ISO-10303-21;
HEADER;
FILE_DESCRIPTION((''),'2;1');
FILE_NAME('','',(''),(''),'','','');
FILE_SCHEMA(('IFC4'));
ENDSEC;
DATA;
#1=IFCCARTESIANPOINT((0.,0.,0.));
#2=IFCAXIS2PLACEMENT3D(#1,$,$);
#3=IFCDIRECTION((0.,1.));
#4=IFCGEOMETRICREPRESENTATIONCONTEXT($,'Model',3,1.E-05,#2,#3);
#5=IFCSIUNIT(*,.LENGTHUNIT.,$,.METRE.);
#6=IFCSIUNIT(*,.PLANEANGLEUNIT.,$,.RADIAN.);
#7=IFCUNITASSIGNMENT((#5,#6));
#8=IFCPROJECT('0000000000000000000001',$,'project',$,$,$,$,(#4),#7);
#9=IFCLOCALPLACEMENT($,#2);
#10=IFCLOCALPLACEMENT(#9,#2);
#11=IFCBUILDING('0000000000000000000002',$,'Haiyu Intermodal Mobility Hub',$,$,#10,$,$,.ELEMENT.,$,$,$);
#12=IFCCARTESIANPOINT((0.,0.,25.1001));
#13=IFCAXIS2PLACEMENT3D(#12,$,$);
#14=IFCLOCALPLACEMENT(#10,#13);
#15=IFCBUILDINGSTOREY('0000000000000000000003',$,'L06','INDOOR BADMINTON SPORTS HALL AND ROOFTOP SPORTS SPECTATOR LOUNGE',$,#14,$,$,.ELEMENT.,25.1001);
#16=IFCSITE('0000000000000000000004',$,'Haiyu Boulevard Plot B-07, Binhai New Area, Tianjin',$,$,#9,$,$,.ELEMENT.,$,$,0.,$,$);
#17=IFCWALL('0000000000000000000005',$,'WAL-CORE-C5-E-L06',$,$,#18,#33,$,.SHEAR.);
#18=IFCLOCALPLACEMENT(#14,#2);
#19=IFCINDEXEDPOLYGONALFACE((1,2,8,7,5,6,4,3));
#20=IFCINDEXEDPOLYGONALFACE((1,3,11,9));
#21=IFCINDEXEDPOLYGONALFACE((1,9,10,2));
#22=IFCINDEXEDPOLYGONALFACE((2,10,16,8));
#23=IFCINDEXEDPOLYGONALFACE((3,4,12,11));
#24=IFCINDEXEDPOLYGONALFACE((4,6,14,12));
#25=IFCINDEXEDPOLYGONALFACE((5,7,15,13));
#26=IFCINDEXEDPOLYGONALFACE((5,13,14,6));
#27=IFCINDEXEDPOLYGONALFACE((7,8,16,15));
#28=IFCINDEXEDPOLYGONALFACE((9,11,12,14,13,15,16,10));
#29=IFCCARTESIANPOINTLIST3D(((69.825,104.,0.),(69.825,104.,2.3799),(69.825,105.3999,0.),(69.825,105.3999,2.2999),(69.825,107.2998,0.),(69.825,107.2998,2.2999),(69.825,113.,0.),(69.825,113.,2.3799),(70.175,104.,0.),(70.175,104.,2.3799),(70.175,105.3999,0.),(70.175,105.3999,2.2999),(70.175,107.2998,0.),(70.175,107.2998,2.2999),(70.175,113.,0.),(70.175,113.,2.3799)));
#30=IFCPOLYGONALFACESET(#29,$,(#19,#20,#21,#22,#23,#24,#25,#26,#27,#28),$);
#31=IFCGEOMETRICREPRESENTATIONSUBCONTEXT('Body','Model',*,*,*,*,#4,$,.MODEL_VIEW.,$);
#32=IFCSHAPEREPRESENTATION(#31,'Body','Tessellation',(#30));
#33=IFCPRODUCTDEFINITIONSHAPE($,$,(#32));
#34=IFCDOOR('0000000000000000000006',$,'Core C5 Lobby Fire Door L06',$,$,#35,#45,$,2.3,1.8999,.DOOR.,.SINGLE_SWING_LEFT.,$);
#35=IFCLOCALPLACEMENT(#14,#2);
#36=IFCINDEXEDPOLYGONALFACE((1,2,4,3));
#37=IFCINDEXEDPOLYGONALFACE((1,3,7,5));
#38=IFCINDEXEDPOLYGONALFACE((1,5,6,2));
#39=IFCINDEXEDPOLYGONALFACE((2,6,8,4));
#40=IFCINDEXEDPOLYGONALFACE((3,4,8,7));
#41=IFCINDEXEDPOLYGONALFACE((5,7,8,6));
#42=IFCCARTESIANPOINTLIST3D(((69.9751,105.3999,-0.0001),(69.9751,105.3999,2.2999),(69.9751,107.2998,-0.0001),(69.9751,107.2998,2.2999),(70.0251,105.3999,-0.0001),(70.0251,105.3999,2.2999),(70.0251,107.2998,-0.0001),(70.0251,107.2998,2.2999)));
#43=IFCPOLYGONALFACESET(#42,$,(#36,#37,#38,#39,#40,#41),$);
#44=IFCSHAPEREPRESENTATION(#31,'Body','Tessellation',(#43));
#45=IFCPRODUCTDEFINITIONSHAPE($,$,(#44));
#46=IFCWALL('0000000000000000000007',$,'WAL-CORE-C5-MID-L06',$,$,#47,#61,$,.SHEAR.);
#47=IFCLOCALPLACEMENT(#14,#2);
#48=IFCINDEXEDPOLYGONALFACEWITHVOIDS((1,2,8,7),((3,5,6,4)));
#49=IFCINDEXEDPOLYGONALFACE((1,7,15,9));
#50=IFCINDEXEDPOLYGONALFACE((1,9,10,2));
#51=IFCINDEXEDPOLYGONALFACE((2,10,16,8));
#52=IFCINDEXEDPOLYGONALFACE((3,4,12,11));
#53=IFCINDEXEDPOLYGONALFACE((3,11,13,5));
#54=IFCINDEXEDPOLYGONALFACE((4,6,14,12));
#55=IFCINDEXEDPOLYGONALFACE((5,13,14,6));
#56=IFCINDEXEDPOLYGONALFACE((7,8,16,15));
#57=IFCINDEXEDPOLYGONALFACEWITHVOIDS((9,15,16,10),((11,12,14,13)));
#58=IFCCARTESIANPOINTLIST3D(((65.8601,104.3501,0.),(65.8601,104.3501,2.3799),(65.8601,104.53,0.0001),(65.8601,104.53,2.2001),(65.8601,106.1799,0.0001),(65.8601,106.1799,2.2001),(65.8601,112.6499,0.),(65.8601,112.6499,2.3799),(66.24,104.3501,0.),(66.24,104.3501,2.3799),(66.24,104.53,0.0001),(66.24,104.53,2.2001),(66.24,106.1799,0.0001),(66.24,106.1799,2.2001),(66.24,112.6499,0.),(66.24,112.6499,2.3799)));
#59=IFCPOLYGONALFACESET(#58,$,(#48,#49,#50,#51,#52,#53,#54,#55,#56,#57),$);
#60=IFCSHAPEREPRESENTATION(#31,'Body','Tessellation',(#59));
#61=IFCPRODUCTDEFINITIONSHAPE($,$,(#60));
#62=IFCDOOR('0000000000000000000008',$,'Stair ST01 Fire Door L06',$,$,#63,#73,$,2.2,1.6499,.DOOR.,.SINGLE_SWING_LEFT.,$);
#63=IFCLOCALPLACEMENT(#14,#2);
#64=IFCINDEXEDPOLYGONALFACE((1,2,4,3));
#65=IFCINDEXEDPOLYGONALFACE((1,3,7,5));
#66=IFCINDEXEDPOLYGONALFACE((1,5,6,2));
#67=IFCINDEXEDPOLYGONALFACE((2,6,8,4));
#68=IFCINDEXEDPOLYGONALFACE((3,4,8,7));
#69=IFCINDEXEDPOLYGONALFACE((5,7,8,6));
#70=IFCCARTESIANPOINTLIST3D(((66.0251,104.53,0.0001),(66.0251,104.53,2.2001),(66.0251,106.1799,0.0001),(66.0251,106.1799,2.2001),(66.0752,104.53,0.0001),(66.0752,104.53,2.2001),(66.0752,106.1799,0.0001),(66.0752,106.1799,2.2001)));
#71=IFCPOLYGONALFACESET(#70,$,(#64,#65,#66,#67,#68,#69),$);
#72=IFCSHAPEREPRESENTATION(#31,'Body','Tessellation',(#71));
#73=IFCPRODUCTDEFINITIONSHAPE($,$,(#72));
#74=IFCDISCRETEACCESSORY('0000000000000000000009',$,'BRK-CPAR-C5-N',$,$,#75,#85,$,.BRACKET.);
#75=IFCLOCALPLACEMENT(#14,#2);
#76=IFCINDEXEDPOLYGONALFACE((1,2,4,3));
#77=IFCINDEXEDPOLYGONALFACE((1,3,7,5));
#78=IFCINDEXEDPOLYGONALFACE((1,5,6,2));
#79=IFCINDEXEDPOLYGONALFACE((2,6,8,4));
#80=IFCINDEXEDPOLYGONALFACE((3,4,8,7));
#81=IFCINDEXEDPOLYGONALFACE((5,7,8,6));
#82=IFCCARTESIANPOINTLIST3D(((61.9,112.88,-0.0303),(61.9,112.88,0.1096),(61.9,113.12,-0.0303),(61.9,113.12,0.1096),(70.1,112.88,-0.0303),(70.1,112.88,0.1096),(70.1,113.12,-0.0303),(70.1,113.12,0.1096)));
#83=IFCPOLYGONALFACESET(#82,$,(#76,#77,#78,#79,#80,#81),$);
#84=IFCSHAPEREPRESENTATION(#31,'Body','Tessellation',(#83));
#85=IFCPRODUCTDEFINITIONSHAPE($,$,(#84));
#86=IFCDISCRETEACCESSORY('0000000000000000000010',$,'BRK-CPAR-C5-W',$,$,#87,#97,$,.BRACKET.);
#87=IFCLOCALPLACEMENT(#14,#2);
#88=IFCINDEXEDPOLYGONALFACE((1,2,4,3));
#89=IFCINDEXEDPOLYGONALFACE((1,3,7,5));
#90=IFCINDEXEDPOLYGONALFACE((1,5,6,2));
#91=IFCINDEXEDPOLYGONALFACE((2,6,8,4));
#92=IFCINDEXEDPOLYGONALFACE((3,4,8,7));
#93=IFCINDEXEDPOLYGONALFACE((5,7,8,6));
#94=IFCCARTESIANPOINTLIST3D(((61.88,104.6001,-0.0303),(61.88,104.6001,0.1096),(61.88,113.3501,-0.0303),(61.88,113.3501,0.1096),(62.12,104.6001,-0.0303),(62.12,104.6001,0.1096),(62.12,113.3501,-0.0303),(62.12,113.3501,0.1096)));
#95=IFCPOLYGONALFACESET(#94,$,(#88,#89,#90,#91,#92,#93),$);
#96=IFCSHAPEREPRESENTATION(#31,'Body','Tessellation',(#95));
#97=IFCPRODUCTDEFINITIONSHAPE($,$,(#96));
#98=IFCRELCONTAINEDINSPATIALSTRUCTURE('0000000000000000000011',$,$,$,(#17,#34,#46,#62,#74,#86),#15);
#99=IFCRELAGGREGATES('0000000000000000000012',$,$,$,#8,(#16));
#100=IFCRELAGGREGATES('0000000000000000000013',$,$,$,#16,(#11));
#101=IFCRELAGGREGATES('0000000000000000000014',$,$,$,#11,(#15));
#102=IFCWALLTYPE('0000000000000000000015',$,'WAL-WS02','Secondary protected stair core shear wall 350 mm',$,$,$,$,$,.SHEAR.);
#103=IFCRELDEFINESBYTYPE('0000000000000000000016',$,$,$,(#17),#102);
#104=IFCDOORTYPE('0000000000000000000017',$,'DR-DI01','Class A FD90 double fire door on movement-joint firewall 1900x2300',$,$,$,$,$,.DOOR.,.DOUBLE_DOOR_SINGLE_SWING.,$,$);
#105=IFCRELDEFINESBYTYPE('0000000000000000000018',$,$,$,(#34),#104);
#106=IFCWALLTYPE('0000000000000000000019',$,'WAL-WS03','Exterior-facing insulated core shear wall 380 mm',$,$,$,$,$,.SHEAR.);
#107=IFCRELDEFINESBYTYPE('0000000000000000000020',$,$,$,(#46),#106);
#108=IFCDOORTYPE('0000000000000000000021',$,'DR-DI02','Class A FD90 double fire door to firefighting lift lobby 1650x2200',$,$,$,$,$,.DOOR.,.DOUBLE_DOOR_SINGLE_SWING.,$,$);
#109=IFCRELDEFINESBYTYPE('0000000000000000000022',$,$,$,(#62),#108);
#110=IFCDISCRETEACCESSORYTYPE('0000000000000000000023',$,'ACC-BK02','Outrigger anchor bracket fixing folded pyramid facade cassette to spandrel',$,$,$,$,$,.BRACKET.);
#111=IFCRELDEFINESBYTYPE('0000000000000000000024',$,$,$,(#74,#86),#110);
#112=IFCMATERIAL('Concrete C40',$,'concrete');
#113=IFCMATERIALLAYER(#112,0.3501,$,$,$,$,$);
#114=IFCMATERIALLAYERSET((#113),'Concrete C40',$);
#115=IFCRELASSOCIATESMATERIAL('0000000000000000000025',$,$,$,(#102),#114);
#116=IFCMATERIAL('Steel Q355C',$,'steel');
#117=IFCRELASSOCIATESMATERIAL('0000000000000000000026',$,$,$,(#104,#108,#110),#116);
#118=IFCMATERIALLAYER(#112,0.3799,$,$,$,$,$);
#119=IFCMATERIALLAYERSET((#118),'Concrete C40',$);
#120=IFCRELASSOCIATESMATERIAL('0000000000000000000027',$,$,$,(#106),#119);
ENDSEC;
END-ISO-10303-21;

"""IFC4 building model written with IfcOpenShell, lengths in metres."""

from ifc_helpers import new_model, si_unit, direction, frame, frame_2d, origin, origin_2d, place, context, subcontext, project, spatial, rectangle, extrude, material, layer, layer_set, type_object, element, fill, save


model = new_model("IFC4")

# Units and contexts
model_context = context("Model", 3, precision=1e-05, world=origin(), true_north=direction((0.0, 1.0)))
body_context = subcontext(model_context, "Body", "Model", "MODEL_VIEW")
ifc_project = project(units=[si_unit("LENGTHUNIT", "METRE"), si_unit("PLANEANGLEUNIT", "RADIAN")], contexts=[model_context])

# Site, building, storey
site_placement = place(None, origin())
site = spatial("IfcSite", under=ifc_project, at=site_placement, Name="Haiyu Boulevard Plot B-07, Binhai New Area, Tianjin", CompositionType="ELEMENT", RefElevation=0.0)
building_placement = place(site_placement, origin())
building = spatial("IfcBuilding", under=site, at=building_placement, Name="Haiyu Intermodal Mobility Hub", CompositionType="ELEMENT")
storey_placement = place(building_placement, frame((0.0, 0.0, 25.1001)))
storey = spatial("IfcBuildingStorey", under=building, at=storey_placement, Name="L06", Description="INDOOR BADMINTON SPORTS HALL AND ROOFTOP SPORTS SPECTATOR LOUNGE", CompositionType="ELEMENT", Elevation=25.1001)

# Shared definitions
ifc_material_1 = material(Name="Steel Q355C", Category="steel")

# Shared definitions
ifc_material_2 = material(Name="Concrete C40", Category="concrete")
ifc_layer_1 = layer(ifc_material_2, 0.3501)
ifc_layer_set_1 = layer_set([ifc_layer_1], Name="Concrete C40")
wall_type_1 = type_object("IfcWallType", Name="WAL-WS02", Description="Secondary protected stair core shear wall 350 mm", PredefinedType="SHEAR", material=ifc_layer_set_1)

# Walls, openings, doors
wall_1_placement = place(storey_placement, frame((70.0, 104.0, 0.0), z_axis=(0.0, 0.0, 1.0), x_axis=(0.0, 1.0, 0.0)))
wall_1 = element("IfcWall", 1, at=wall_1_placement, inside=storey, type_object=wall_type_1, Name="WAL-CORE-C5-E-L06", PredefinedType="SHEAR", context=body_context, shape_type="SweptSolid", body=[
    extrude(rectangle(XDim=9.0, YDim=0.3501, at=frame_2d((4.5, 0.0))), origin(), (0.0, 0.0, 1.0), 2.3799),
])
opening_1_placement = place(wall_1_placement, frame((1.3999, 0.0, 0.0)))
opening_1 = element("IfcOpeningElement", 2, at=opening_1_placement, cuts=wall_1, PredefinedType="OPENING", context=body_context, shape_type="SweptSolid", body=[
    extrude(rectangle(XDim=1.8999, YDim=2.3, at=frame_2d((0.95, 1.1499))), frame((0.0, 0.1851, 0.0), z_axis=(0.0, -1.0, 0.0), x_axis=(1.0, 0.0, 0.0)), (0.0, 0.0, 1.0), 0.3701),
])
door_type_1 = type_object("IfcDoorType", Name="DR-DI01", Description="Class A FD90 double fire door on movement-joint firewall 1900x2300", OperationType="DOUBLE_DOOR_SINGLE_SWING", PredefinedType="DOOR", material=ifc_material_1)
door_1_placement = place(opening_1_placement, origin())
door_1 = element("IfcDoor", 3, at=door_1_placement, inside=storey, type_object=door_type_1, Name="Core C5 Lobby Fire Door L06", OperationType="SINGLE_SWING_LEFT", OverallHeight=2.3, OverallWidth=1.8999, PredefinedType="DOOR", context=body_context, shape_type="SweptSolid", body=[
    extrude(rectangle(XDim=1.8999, YDim=2.3, at=frame_2d((0.95, 1.1499))), frame((0.0, 0.0249, 0.0), z_axis=(0.0, -1.0, 0.0), x_axis=(1.0, 0.0, 0.0)), (0.0, 0.0, 1.0), 0.05),
])
fill(opening_1, door_1)
ifc_layer_2 = layer(ifc_material_2, 0.3799)
ifc_layer_set_2 = layer_set([ifc_layer_2], Name="Concrete C40")
wall_type_2 = type_object("IfcWallType", Name="WAL-WS03", Description="Exterior-facing insulated core shear wall 380 mm", PredefinedType="SHEAR", material=ifc_layer_set_2)
wall_2_placement = place(storey_placement, frame((66.05, 104.3501, 0.0), z_axis=(0.0, 0.0, 1.0), x_axis=(0.0, 1.0, 0.0)))
wall_2 = element("IfcWall", 4, at=wall_2_placement, inside=storey, type_object=wall_type_2, Name="WAL-CORE-C5-MID-L06", PredefinedType="SHEAR", context=body_context, shape_type="SweptSolid", body=[
    extrude(rectangle(XDim=8.2998, YDim=0.3799, at=frame_2d((4.1499, 0.0))), origin(), (0.0, 0.0, 1.0), 2.3799),
])
opening_2_placement = place(wall_2_placement, frame((0.1799, 0.0, 0.0)))
opening_2 = element("IfcOpeningElement", 5, at=opening_2_placement, cuts=wall_2, PredefinedType="OPENING", context=body_context, shape_type="SweptSolid", body=[
    extrude(rectangle(XDim=1.6499, YDim=2.2, at=frame_2d((0.825, 1.1001))), frame((0.0, 0.2, 0.0), z_axis=(0.0, -1.0, 0.0), x_axis=(1.0, 0.0, 0.0)), (0.0, 0.0, 1.0), 0.3999),
])
door_type_2 = type_object("IfcDoorType", Name="DR-DI02", Description="Class A FD90 double fire door to firefighting lift lobby 1650x2200", OperationType="DOUBLE_DOOR_SINGLE_SWING", PredefinedType="DOOR", material=ifc_material_1)
door_2_placement = place(opening_2_placement, origin())
door_2 = element("IfcDoor", 6, at=door_2_placement, inside=storey, type_object=door_type_2, Name="Stair ST01 Fire Door L06", OperationType="SINGLE_SWING_LEFT", OverallHeight=2.2, OverallWidth=1.6499, PredefinedType="DOOR", context=body_context, shape_type="SweptSolid", body=[
    extrude(rectangle(XDim=1.6499, YDim=2.2, at=frame_2d((0.825, 1.1001))), frame((0.0, 0.0249, 0.0), z_axis=(0.0, -1.0, 0.0), x_axis=(1.0, 0.0, 0.0)), (0.0, 0.0, 1.0), 0.05),
])
fill(opening_2, door_2)

# Discrete accessories
discrete_accessory_type = type_object("IfcDiscreteAccessoryType", Name="ACC-BK02", Description="Outrigger anchor bracket fixing folded pyramid facade cassette to spandrel", PredefinedType="BRACKET", material=ifc_material_1)
discrete_accessory_1_placement = place(storey_placement, frame((66.0, 113.0, -0.0303), z_axis=(0.0, 0.0, 1.0), x_axis=(1.0, 0.0, 0.0)))
element("IfcDiscreteAccessory", 7, at=discrete_accessory_1_placement, inside=storey, type_object=discrete_accessory_type, Name="BRK-CPAR-C5-N", PredefinedType="BRACKET", context=body_context, shape_type="SweptSolid", body=[
    extrude(rectangle(XDim=8.2, YDim=0.24, at=origin_2d()), origin(), (0.0, 0.0, 1.0), 0.1399),
])
discrete_accessory_2_placement = place(storey_placement, frame((62.0, 108.9751, -0.0303), z_axis=(0.0, 0.0, 1.0), x_axis=(1.0, 0.0, 0.0)))
element("IfcDiscreteAccessory", 8, at=discrete_accessory_2_placement, inside=storey, type_object=discrete_accessory_type, Name="BRK-CPAR-C5-W", PredefinedType="BRACKET", context=body_context, shape_type="SweptSolid", body=[
    extrude(rectangle(XDim=0.24, YDim=8.75, at=origin_2d()), origin(), (0.0, 0.0, 1.0), 0.1399),
])

save(model, "model.ifc")
